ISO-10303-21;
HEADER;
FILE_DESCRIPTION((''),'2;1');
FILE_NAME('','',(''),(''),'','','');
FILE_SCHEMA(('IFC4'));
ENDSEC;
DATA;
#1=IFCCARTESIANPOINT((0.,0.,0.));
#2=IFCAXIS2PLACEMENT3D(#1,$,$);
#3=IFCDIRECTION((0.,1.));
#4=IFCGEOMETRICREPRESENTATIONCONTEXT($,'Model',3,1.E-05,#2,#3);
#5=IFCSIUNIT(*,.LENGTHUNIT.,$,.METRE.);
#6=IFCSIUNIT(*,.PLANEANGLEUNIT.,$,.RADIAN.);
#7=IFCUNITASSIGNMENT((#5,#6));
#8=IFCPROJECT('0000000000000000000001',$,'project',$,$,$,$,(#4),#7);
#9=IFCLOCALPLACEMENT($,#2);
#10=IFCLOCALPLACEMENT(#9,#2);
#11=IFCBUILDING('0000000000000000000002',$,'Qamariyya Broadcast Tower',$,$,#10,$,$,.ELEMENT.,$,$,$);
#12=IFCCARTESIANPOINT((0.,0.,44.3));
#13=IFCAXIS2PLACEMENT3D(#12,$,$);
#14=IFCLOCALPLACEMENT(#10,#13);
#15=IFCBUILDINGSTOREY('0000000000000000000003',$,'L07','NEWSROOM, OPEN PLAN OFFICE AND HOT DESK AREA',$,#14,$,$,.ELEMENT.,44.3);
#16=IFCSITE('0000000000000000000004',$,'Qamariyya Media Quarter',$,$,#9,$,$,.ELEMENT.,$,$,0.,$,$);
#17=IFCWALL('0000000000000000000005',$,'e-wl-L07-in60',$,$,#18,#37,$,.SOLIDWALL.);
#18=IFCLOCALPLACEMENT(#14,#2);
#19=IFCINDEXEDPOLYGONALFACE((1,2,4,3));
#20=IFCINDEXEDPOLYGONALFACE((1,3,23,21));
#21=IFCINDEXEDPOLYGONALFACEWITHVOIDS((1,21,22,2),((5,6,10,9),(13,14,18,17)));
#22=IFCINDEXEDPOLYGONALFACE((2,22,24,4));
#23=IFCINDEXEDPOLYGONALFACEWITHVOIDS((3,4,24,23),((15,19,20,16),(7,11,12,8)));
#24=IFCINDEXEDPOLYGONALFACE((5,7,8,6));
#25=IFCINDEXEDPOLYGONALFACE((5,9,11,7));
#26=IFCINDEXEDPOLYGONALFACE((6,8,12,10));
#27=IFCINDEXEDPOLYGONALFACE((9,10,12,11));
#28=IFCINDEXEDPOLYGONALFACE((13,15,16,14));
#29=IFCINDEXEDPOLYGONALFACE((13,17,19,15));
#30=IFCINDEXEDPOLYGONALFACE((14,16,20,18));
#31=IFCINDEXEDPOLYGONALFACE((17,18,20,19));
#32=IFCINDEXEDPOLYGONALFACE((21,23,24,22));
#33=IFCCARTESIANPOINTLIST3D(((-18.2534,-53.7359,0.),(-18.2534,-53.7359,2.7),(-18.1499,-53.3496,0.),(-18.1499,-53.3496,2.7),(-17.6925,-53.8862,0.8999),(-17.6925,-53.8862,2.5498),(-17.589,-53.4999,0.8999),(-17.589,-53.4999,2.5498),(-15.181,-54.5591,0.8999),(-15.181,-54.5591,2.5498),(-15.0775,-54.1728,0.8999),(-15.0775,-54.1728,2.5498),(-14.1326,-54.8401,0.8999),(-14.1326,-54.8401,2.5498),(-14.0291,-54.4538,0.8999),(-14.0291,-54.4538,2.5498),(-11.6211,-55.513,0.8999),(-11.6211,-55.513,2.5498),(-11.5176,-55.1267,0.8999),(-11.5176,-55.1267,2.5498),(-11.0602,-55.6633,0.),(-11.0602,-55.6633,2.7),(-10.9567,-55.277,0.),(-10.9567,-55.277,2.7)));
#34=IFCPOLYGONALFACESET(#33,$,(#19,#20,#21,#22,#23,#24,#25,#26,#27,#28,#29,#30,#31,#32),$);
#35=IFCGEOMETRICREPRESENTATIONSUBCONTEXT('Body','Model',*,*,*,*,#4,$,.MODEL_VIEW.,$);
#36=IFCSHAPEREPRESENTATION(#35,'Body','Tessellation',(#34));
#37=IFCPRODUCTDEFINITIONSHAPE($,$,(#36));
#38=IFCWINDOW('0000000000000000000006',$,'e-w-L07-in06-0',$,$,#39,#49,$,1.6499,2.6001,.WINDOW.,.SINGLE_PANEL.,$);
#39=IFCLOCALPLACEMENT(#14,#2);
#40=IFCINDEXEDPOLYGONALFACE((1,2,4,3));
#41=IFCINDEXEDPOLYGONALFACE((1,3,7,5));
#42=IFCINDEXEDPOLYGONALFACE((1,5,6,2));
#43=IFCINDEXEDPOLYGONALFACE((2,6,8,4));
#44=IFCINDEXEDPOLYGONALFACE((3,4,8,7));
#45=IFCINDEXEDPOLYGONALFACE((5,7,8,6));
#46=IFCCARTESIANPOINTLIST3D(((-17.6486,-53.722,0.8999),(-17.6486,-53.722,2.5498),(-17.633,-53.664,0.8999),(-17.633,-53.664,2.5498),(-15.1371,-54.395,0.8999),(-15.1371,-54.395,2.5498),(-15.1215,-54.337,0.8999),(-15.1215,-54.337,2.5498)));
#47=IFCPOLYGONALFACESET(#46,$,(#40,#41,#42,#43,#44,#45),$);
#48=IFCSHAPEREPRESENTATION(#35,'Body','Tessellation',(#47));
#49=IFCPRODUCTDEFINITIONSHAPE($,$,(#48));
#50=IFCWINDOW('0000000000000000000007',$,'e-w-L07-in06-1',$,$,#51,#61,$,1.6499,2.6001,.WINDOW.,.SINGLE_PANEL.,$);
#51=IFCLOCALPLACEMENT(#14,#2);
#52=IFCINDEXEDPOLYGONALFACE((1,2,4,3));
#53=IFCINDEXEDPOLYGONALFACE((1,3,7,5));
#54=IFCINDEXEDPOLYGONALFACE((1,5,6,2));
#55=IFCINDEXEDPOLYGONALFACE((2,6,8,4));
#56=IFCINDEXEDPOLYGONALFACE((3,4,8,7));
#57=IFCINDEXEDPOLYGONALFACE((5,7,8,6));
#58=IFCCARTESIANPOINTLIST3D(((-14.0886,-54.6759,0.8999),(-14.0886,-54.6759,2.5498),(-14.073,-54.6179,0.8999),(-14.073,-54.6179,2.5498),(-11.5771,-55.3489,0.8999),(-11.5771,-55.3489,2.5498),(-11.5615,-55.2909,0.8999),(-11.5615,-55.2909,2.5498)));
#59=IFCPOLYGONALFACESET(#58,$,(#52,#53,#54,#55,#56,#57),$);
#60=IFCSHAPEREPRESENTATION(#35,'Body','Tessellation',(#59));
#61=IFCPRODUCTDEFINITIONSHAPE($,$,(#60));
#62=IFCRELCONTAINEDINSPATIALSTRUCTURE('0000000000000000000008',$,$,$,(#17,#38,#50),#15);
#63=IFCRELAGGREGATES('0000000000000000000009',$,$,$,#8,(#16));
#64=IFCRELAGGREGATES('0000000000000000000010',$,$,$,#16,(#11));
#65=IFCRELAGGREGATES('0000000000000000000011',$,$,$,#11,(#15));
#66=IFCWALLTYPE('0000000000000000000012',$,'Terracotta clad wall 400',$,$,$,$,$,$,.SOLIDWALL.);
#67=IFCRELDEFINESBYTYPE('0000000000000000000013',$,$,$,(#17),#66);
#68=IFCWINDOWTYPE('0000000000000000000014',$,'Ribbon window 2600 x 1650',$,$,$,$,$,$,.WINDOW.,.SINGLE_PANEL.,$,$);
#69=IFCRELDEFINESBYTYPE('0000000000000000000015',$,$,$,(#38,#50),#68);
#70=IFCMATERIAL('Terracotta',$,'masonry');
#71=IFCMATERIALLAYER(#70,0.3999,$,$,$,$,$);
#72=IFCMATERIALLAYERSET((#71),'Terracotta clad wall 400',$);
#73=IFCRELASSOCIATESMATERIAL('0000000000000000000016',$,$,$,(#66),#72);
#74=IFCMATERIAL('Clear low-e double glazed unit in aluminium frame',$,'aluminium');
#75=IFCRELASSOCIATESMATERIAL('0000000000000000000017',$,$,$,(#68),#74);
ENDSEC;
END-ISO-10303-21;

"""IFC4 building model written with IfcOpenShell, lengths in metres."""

from ifc_helpers import new_model, si_unit, direction, frame, frame_2d, origin, place, context, subcontext, project, spatial, rectangle, extrude, material, layer, layer_set, type_object, element, fill, save


model = new_model("IFC4")

# Units and contexts
model_context = context("Model", 3, precision=1e-05, world=origin(), true_north=direction((0.0, 1.0)))
body_context = subcontext(model_context, "Body", "Model", "MODEL_VIEW")
ifc_project = project(units=[si_unit("LENGTHUNIT", "METRE"), si_unit("PLANEANGLEUNIT", "RADIAN")], contexts=[model_context])

# Site, building, storey
site_placement = place(None, origin())
site = spatial("IfcSite", under=ifc_project, at=site_placement, Name="Qamariyya Media Quarter", CompositionType="ELEMENT", RefElevation=0.0)
building_placement = place(site_placement, origin())
building = spatial("IfcBuilding", under=site, at=building_placement, Name="Qamariyya Broadcast Tower", CompositionType="ELEMENT")
storey_placement = place(building_placement, frame((0.0, 0.0, 44.3)))
storey = spatial("IfcBuildingStorey", under=building, at=storey_placement, Name="L07", Description="NEWSROOM, OPEN PLAN OFFICE AND HOT DESK AREA", CompositionType="ELEMENT", Elevation=44.3)

# Wall, openings, windows
ifc_material_1 = material(Name="Terracotta", Category="masonry")
ifc_layer_1 = layer(ifc_material_1, 0.3999)
ifc_layer_set_1 = layer_set([ifc_layer_1], Name="Terracotta clad wall 400")
wall_type_1 = type_object("IfcWallType", Name="Terracotta clad wall 400", PredefinedType="SOLIDWALL", material=ifc_layer_set_1)
ifc_material_2 = material(Name="Clear low-e double glazed unit in aluminium frame", Category="aluminium")
window_type = type_object("IfcWindowType", Name="Ribbon window 2600 x 1650", PartitioningType="SINGLE_PANEL", PredefinedType="WINDOW", material=ifc_material_2)
wall_1_placement = place(storey_placement, frame((-11.0083, -55.4702, 0.0), z_axis=(0.0, 0.0, 1.0), x_axis=(-0.965925, 0.258823, 0.0)))
wall_1 = element("IfcWall", 1, at=wall_1_placement, inside=storey, type_object=wall_type_1, Name="e-wl-L07-in60", PredefinedType="SOLIDWALL", context=body_context, shape_type="SweptSolid", body=[
    extrude(rectangle(XDim=7.447, YDim=0.3999, at=frame_2d((3.7236, 0.0))), origin(), (0.0, 0.0, 1.0), 2.7),
])
opening_1_placement = place(wall_1_placement, frame((4.2664, 0.0, 0.8999)))
opening_1 = element("IfcOpeningElement", 2, at=opening_1_placement, cuts=wall_1, PredefinedType="OPENING", context=body_context, shape_type="SweptSolid", body=[
    extrude(rectangle(XDim=2.6001, YDim=1.6499, at=frame_2d((1.3, 0.825))), frame((0.0, 0.21, 0.0), z_axis=(0.0, -1.0, 0.0), x_axis=(1.0, 0.0, 0.0)), (0.0, 0.0, 1.0), 0.4199),
])
opening_2_placement = place(wall_1_placement, frame((0.5808, 0.0, 0.8999)))
opening_2 = element("IfcOpeningElement", 3, at=opening_2_placement, cuts=wall_1, PredefinedType="OPENING", context=body_context, shape_type="SweptSolid", body=[
    extrude(rectangle(XDim=2.6001, YDim=1.6499, at=frame_2d((1.3, 0.825))), frame((0.0, 0.21, 0.0), z_axis=(0.0, -1.0, 0.0), x_axis=(1.0, 0.0, 0.0)), (0.0, 0.0, 1.0), 0.4199),
])
window_1_placement = place(opening_1_placement, origin())
window_1 = element("IfcWindow", 4, at=window_1_placement, inside=storey, type_object=window_type, Name="e-w-L07-in06-0", OverallHeight=1.6499, OverallWidth=2.6001, PartitioningType="SINGLE_PANEL", PredefinedType="WINDOW", context=body_context, shape_type="SweptSolid", body=[
    extrude(rectangle(XDim=2.6001, YDim=1.6499, at=frame_2d((1.3, 0.825))), frame((0.0, 0.03, 0.0), z_axis=(0.0, -1.0, 0.0), x_axis=(1.0, 0.0, 0.0)), (0.0, 0.0, 1.0), 0.0601),
])
fill(opening_1, window_1)
window_2_placement = place(opening_2_placement, origin())
window_2 = element("IfcWindow", 5, at=window_2_placement, inside=storey, type_object=window_type, Name="e-w-L07-in06-1", OverallHeight=1.6499, OverallWidth=2.6001, PartitioningType="SINGLE_PANEL", PredefinedType="WINDOW", context=body_context, shape_type="SweptSolid", body=[
    extrude(rectangle(XDim=2.6001, YDim=1.6499, at=frame_2d((1.3, 0.825))), frame((0.0, 0.03, 0.0), z_axis=(0.0, -1.0, 0.0), x_axis=(1.0, 0.0, 0.0)), (0.0, 0.0, 1.0), 0.0601),
])
fill(opening_2, window_2)

save(model, "model.ifc")
